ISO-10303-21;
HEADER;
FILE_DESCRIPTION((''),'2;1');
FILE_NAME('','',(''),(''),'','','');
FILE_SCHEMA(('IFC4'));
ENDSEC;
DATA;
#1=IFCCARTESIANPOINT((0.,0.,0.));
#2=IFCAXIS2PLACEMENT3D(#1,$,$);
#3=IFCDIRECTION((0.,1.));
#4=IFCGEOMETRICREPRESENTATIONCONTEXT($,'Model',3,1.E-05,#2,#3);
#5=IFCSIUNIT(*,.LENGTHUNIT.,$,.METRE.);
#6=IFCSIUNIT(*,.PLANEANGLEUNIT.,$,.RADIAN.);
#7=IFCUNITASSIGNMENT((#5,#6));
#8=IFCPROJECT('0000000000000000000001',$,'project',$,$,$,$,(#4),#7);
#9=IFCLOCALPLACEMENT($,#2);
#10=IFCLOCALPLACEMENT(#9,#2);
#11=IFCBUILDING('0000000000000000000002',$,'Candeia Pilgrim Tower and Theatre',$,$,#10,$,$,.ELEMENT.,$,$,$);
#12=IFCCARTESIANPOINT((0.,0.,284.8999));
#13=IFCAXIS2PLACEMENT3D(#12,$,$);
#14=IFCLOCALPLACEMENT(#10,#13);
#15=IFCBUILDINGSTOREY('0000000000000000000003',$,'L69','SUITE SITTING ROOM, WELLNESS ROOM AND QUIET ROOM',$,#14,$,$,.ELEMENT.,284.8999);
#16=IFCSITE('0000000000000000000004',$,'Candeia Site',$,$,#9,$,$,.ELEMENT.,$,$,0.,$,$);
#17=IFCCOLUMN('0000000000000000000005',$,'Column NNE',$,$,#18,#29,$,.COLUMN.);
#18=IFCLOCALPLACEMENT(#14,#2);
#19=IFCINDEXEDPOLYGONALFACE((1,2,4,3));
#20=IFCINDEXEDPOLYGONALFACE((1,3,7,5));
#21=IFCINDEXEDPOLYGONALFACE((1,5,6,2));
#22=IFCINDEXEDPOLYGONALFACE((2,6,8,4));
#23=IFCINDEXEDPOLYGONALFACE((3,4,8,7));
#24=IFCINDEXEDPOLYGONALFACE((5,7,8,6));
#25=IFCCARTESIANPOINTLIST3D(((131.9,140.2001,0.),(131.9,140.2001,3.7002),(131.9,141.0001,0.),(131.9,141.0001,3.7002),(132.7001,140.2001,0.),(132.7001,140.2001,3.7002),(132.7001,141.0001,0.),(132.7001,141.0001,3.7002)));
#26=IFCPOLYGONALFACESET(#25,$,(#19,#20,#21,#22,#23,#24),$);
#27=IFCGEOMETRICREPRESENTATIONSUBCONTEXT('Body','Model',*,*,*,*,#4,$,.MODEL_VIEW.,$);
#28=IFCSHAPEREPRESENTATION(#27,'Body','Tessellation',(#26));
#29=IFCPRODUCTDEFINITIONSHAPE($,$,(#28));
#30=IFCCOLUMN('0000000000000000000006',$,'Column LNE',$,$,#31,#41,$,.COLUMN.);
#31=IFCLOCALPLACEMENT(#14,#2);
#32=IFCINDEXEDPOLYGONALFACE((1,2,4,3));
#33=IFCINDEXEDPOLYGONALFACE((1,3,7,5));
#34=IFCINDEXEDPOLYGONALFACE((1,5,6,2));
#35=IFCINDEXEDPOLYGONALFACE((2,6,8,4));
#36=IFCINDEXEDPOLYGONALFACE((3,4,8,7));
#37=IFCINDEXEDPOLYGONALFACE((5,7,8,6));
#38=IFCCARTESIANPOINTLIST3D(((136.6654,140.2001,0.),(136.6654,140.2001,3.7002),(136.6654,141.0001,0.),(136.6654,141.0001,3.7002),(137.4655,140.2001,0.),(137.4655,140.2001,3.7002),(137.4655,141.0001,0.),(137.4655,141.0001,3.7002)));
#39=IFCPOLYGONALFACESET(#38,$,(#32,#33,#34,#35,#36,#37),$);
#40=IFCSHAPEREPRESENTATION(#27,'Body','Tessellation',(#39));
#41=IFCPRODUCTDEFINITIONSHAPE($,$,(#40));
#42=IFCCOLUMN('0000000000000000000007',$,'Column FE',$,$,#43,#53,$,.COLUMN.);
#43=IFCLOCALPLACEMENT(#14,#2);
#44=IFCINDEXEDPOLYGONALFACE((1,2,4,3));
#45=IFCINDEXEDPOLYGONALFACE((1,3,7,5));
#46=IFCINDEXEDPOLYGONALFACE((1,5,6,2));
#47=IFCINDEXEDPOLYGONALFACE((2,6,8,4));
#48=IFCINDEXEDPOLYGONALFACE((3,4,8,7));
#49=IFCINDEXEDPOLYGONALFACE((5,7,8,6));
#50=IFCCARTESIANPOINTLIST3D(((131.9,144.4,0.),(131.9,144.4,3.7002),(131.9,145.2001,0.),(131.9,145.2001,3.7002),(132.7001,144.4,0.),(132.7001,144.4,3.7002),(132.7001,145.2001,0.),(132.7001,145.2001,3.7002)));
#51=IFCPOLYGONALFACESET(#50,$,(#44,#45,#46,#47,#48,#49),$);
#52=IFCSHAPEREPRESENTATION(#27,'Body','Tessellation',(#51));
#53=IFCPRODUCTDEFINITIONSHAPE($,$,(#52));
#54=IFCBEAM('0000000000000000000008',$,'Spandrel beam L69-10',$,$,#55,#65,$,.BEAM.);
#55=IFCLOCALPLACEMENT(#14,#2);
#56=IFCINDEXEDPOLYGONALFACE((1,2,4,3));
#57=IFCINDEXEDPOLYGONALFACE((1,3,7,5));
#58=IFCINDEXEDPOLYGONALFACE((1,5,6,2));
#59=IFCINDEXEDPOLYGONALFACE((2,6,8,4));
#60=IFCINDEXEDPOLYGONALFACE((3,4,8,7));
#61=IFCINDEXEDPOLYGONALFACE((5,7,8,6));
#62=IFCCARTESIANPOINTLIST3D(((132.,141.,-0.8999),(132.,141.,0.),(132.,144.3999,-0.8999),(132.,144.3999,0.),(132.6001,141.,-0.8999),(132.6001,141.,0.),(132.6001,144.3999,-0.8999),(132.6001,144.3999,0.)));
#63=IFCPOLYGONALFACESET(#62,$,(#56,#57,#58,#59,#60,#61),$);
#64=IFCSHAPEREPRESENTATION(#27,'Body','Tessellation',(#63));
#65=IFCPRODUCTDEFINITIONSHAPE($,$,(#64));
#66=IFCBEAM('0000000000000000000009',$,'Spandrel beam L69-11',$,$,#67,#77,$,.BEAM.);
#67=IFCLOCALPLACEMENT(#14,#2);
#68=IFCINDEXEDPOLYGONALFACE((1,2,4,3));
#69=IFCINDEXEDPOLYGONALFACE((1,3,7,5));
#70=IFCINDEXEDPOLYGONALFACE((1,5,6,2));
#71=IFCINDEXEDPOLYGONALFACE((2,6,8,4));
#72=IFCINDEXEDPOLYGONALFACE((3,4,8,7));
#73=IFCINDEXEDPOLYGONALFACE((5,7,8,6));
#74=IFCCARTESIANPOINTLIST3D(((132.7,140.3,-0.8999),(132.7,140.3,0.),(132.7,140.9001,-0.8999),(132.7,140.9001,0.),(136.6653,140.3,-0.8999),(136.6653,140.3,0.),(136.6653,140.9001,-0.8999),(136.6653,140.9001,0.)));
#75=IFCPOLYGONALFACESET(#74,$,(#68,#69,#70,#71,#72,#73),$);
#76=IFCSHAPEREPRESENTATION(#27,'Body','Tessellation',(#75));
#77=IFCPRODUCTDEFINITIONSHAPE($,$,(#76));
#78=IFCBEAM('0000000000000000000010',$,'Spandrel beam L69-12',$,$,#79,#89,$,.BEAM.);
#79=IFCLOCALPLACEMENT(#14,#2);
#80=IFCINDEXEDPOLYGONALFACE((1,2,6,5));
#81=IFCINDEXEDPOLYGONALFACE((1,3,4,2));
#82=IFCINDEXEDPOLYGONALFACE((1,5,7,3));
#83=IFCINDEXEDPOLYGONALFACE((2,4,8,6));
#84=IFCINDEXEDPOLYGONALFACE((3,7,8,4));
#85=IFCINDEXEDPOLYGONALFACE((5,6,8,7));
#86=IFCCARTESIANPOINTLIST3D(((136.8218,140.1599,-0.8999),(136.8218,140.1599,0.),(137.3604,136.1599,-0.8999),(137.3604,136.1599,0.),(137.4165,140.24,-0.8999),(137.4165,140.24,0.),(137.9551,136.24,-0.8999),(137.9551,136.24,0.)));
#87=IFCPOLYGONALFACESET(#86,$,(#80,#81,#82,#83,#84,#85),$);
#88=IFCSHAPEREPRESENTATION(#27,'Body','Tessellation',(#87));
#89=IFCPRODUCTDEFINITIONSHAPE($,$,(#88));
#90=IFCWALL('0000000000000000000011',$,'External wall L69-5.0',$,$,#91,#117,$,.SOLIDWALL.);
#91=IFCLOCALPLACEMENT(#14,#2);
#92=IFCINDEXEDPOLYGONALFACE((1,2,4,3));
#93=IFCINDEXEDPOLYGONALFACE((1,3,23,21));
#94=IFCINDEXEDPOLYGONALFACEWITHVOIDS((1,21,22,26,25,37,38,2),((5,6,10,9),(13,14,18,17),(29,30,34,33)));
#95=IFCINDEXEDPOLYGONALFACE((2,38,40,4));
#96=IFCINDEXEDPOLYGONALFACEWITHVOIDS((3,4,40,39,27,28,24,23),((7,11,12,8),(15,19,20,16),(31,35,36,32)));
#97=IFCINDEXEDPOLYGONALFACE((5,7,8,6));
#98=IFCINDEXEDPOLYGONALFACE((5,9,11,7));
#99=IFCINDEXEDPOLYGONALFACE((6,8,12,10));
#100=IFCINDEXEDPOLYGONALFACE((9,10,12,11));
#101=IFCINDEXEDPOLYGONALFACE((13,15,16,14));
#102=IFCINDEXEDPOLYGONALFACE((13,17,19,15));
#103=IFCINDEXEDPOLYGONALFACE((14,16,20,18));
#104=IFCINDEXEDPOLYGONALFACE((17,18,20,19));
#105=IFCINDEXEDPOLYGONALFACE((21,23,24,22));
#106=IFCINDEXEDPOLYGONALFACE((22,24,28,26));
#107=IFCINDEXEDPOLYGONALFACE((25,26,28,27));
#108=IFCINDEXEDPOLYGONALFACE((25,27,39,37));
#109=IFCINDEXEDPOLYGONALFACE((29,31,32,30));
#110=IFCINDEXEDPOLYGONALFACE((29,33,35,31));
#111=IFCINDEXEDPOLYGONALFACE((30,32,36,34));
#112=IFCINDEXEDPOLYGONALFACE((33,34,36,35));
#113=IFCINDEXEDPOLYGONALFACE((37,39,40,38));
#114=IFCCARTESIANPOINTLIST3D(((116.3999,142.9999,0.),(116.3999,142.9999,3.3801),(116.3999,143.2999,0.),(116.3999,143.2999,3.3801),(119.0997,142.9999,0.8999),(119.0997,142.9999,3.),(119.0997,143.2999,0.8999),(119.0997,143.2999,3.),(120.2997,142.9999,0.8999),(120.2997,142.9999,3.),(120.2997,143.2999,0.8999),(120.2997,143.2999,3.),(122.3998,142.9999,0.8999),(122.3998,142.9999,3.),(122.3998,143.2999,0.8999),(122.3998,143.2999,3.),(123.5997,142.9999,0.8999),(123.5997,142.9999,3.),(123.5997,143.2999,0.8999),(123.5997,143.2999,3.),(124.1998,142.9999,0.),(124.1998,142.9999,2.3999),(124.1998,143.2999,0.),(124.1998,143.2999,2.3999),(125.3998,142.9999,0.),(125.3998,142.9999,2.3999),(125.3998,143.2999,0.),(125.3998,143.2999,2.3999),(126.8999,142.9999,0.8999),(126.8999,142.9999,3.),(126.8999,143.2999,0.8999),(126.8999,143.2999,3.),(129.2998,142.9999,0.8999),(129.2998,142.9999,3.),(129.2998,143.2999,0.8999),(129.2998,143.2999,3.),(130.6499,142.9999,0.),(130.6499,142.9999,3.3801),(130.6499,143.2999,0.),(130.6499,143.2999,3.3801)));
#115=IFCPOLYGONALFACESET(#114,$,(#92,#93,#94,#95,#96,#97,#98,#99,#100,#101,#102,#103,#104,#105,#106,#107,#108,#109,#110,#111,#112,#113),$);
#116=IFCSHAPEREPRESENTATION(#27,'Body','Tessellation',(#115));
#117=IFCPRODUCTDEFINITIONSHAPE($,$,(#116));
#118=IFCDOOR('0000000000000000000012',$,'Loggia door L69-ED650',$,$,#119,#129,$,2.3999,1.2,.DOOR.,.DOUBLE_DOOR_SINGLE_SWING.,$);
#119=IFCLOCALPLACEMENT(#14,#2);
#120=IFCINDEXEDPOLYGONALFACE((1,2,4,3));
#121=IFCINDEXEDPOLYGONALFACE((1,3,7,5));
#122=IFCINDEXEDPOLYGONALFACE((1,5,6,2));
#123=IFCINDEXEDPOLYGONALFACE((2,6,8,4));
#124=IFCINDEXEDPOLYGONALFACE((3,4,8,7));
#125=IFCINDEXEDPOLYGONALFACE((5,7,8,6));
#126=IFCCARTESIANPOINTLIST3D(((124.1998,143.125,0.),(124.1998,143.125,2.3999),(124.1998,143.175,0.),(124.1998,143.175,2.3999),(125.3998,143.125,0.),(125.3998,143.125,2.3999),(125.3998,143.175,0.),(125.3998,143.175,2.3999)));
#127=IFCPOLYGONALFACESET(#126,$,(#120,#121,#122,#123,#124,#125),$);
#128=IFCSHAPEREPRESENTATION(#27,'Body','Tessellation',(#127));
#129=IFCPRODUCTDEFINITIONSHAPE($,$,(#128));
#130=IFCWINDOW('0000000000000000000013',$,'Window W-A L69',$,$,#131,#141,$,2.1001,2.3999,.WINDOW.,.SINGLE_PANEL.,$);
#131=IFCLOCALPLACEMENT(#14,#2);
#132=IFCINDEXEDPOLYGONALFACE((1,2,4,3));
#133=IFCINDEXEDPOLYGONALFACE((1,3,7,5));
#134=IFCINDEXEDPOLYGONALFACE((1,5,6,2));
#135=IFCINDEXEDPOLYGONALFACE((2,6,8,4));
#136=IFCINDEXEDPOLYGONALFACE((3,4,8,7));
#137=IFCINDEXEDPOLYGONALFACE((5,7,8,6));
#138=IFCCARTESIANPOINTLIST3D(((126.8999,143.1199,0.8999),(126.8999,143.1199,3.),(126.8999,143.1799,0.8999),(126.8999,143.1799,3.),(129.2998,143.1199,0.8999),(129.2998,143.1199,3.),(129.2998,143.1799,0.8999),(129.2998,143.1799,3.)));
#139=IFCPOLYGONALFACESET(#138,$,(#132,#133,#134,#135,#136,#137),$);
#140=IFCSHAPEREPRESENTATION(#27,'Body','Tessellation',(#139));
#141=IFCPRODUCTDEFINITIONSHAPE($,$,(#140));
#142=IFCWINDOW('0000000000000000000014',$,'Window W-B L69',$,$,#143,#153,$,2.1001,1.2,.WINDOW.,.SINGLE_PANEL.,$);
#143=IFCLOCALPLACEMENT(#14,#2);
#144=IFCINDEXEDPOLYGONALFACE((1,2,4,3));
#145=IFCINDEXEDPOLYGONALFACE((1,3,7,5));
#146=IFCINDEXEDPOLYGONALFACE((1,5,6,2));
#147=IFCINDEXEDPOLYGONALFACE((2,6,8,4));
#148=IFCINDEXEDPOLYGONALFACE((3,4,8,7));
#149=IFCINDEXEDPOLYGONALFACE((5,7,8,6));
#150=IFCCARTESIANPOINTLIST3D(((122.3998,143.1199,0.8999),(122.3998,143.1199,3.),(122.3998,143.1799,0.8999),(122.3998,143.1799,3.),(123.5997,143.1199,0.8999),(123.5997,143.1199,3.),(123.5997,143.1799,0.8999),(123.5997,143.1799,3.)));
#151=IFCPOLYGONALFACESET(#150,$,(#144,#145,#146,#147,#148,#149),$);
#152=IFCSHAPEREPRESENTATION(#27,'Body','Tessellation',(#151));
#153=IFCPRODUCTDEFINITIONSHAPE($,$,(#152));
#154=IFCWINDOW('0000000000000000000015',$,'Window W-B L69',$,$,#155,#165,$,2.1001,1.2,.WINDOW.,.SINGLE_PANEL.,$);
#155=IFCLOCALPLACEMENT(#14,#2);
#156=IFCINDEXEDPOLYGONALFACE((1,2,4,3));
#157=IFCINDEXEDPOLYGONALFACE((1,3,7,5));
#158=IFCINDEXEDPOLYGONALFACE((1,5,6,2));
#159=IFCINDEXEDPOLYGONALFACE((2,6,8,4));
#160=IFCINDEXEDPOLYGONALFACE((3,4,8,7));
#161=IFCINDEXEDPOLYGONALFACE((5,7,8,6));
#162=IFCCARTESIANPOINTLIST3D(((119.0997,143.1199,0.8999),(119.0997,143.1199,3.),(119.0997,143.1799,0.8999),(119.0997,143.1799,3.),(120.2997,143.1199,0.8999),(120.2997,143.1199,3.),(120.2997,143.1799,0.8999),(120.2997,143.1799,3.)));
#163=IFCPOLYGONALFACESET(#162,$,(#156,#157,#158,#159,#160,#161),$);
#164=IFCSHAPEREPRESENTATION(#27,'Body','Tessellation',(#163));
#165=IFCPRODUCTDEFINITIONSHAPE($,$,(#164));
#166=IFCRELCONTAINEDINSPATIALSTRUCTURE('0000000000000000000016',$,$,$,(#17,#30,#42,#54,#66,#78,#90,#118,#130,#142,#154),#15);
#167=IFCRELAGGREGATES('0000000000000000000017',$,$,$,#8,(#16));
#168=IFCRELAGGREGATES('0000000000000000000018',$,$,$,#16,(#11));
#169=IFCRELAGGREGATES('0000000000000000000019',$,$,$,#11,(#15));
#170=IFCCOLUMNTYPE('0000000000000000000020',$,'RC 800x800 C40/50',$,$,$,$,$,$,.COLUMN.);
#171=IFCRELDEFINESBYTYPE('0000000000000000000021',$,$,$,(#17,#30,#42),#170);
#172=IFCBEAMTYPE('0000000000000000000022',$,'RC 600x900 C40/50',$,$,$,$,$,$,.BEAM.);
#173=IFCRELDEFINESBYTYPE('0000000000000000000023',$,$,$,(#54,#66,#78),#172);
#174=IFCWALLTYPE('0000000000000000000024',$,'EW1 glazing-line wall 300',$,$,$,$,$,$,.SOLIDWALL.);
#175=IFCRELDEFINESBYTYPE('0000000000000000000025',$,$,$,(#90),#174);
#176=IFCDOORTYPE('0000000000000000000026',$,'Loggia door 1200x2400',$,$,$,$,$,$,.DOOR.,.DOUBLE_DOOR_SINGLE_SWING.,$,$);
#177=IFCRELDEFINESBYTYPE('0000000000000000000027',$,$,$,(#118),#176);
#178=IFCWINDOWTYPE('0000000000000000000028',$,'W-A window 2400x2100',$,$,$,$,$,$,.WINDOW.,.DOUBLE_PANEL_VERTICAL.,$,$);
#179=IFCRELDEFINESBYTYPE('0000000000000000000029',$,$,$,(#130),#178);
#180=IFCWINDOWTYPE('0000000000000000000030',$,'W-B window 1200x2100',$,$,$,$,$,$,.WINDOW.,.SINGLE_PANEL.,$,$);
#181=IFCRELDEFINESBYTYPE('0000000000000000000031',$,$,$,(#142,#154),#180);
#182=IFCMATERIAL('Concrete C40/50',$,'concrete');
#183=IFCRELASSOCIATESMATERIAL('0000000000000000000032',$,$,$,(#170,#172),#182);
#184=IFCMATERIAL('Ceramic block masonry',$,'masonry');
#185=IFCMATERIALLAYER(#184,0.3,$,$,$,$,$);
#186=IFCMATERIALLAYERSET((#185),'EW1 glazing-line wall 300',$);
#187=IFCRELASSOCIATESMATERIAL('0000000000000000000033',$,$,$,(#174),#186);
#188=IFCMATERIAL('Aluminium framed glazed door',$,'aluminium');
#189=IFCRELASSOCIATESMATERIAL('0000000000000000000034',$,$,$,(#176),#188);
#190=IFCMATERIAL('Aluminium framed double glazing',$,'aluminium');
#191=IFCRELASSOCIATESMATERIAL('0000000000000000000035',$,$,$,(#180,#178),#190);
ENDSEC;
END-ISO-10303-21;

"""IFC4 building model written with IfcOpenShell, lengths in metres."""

from ifc_helpers import new_model, si_unit, direction, frame, frame_2d, origin, origin_2d, place, context, subcontext, project, spatial, rectangle, extrude, material, layer, layer_set, material_profile, profile_set, type_object, element, fill, save


model = new_model("IFC4")

# Units and contexts
model_context = context("Model", 3, precision=1e-05, world=origin(), true_north=direction((0.0, 1.0)))
body_context = subcontext(model_context, "Body", "Model", "MODEL_VIEW")
ifc_project = project(units=[si_unit("LENGTHUNIT", "METRE"), si_unit("PLANEANGLEUNIT", "RADIAN")], contexts=[model_context])

# Site, building, storey
site_placement = place(None, origin())
site = spatial("IfcSite", under=ifc_project, at=site_placement, Name="Candeia Site", CompositionType="ELEMENT", RefElevation=0.0)
building_placement = place(site_placement, origin())
building = spatial("IfcBuilding", under=site, at=building_placement, Name="Candeia Pilgrim Tower and Theatre", CompositionType="ELEMENT")
storey_placement = place(building_placement, frame((0.0, 0.0, 284.8999)))
storey = spatial("IfcBuildingStorey", under=building, at=storey_placement, Name="L69", Description="SUITE SITTING ROOM, WELLNESS ROOM AND QUIET ROOM", CompositionType="ELEMENT", Elevation=284.8999)

# Columns
ifc_material_1 = material(Name="Concrete C40/50", Category="concrete")
ifc_material_profile_1 = material_profile(ifc_material_1, rectangle(XDim=0.8, YDim=0.8, at=origin_2d()))
ifc_profile_set_1 = profile_set([ifc_material_profile_1], Name="Concrete C40/50")
column_type = type_object("IfcColumnType", Name="RC 800x800 C40/50", PredefinedType="COLUMN", material=ifc_profile_set_1)
for number, where, z_axis, x_axis, name in (
    (1, (132.3, 140.6001, 0.0), (0.0, 0.0, 1.0), (1.0, 0.0, 0.0), "Column NNE"),
    (2, (137.0654, 140.6001, 0.0), (0.0, 0.0, 1.0), (1.0, 0.0, 0.0), "Column LNE"),
    (3, (132.3, 144.8, 0.0), (0.0, 0.0, 1.0), (1.0, 0.0, 0.0), "Column FE"),
):
    element("IfcColumn", number, at=place(storey_placement, frame(where, z_axis=z_axis, x_axis=x_axis)), inside=storey, type_object=column_type, Name=name, PredefinedType="COLUMN", context=body_context, shape_type="SweptSolid", body=[
        extrude(rectangle(XDim=0.8, YDim=0.8, at=origin_2d()), origin(), (0.0, 0.0, 1.0), 3.7002),
    ])

# Beams
ifc_material_profile_2 = material_profile(ifc_material_1, rectangle(XDim=0.6001, YDim=0.8999, at=origin_2d()))
ifc_profile_set_2 = profile_set([ifc_material_profile_2], Name="Concrete C40/50")
beam_type = type_object("IfcBeamType", Name="RC 600x900 C40/50", PredefinedType="BEAM", material=ifc_profile_set_2)
beam_1_placement = place(storey_placement, frame((132.3, 144.3999, -0.45), z_axis=(0.0, -1.0, 0.0), x_axis=(1.0, 0.0, 0.0)))
element("IfcBeam", 4, at=beam_1_placement, inside=storey, type_object=beam_type, Name="Spandrel beam L69-10", PredefinedType="BEAM", context=body_context, shape_type="SweptSolid", body=[
    extrude(rectangle(XDim=0.6001, YDim=0.8999, at=origin_2d()), origin(), (0.0, 0.0, 1.0), 3.3999),
])
beam_2_placement = place(storey_placement, frame((132.7, 140.6001, -0.45), z_axis=(1.0, 0.0, 0.0), x_axis=(0.0, 1.0, 0.0)))
element("IfcBeam", 5, at=beam_2_placement, inside=storey, type_object=beam_type, Name="Spandrel beam L69-11", PredefinedType="BEAM", context=body_context, shape_type="SweptSolid", body=[
    extrude(rectangle(XDim=0.6001, YDim=0.8999, at=origin_2d()), origin(), (0.0, 0.0, 1.0), 3.9653),
])
beam_3_placement = place(storey_placement, frame((137.1191, 140.2, -0.45), z_axis=(0.133439, -0.991057, 0.0), x_axis=(0.991057, 0.133439, 0.0)))
element("IfcBeam", 6, at=beam_3_placement, inside=storey, type_object=beam_type, Name="Spandrel beam L69-12", PredefinedType="BEAM", context=body_context, shape_type="SweptSolid", body=[
    extrude(rectangle(XDim=0.6001, YDim=0.8999, at=origin_2d()), origin(), (0.0, 0.0, 1.0), 4.0361),
])

# Shared definitions
ifc_material_2 = material(Name="Ceramic block masonry", Category="masonry")
ifc_layer_1 = layer(ifc_material_2, 0.3)
ifc_layer_set_1 = layer_set([ifc_layer_1], Name="EW1 glazing-line wall 300")
wall_type_1 = type_object("IfcWallType", Name="EW1 glazing-line wall 300", PredefinedType="SOLIDWALL", material=ifc_layer_set_1)
ifc_material_3 = material(Name="Aluminium framed glazed door", Category="aluminium")
door_type = type_object("IfcDoorType", Name="Loggia door 1200x2400", OperationType="DOUBLE_DOOR_SINGLE_SWING", PredefinedType="DOOR", material=ifc_material_3)
ifc_material_4 = material(Name="Aluminium framed double glazing", Category="aluminium")
window_type_1 = type_object("IfcWindowType", Name="W-B window 1200x2100", PartitioningType="SINGLE_PANEL", PredefinedType="WINDOW", material=ifc_material_4)

# Wall, openings, door, windows
wall_1_placement = place(storey_placement, frame((130.6499, 143.1499, 0.0), z_axis=(0.0, 0.0, 1.0), x_axis=(-1.0, 0.0, 0.0)))
wall_1 = element("IfcWall", 7, at=wall_1_placement, inside=storey, type_object=wall_type_1, Name="External wall L69-5.0", PredefinedType="SOLIDWALL", context=body_context, shape_type="SweptSolid", body=[
    extrude(rectangle(XDim=14.25, YDim=0.3, at=frame_2d((7.125, 0.0))), origin(), (0.0, 0.0, 1.0), 3.3801),
])
opening_1_placement = place(wall_1_placement, frame((1.3501, 0.0, 0.8999)))
opening_1 = element("IfcOpeningElement", 8, at=opening_1_placement, cuts=wall_1, PredefinedType="OPENING", context=body_context, shape_type="SweptSolid", body=[
    extrude(rectangle(XDim=2.3999, YDim=2.1001, at=frame_2d((1.2, 1.05))), frame((0.0, 0.1602, 0.0), z_axis=(0.0, -1.0, 0.0), x_axis=(1.0, 0.0, 0.0)), (0.0, 0.0, 1.0), 0.3201),
])
opening_2_placement = place(wall_1_placement, frame((5.25, 0.0, 0.0)))
opening_2 = element("IfcOpeningElement", 9, at=opening_2_placement, cuts=wall_1, PredefinedType="OPENING", context=body_context, shape_type="SweptSolid", body=[
    extrude(rectangle(XDim=1.2, YDim=2.3999, at=frame_2d((0.6001, 1.2))), frame((0.0, 0.1602, 0.0), z_axis=(0.0, -1.0, 0.0), x_axis=(1.0, 0.0, 0.0)), (0.0, 0.0, 1.0), 0.3201),
])
opening_3_placement = place(wall_1_placement, frame((7.05, 0.0, 0.8999)))
opening_3 = element("IfcOpeningElement", 10, at=opening_3_placement, cuts=wall_1, PredefinedType="OPENING", context=body_context, shape_type="SweptSolid", body=[
    extrude(rectangle(XDim=1.2, YDim=2.1001, at=frame_2d((0.6001, 1.05))), frame((0.0, 0.1602, 0.0), z_axis=(0.0, -1.0, 0.0), x_axis=(1.0, 0.0, 0.0)), (0.0, 0.0, 1.0), 0.3201),
])
opening_4_placement = place(wall_1_placement, frame((10.3501, 0.0, 0.8999)))
opening_4 = element("IfcOpeningElement", 11, at=opening_4_placement, cuts=wall_1, PredefinedType="OPENING", context=body_context, shape_type="SweptSolid", body=[
    extrude(rectangle(XDim=1.2, YDim=2.1001, at=frame_2d((0.6001, 1.05))), frame((0.0, 0.1602, 0.0), z_axis=(0.0, -1.0, 0.0), x_axis=(1.0, 0.0, 0.0)), (0.0, 0.0, 1.0), 0.3201),
])
door_1_placement = place(opening_2_placement, origin())
door_1 = element("IfcDoor", 12, at=door_1_placement, inside=storey, type_object=door_type, Name="Loggia door L69-ED650", OperationType="DOUBLE_DOOR_SINGLE_SWING", OverallHeight=2.3999, OverallWidth=1.2, PredefinedType="DOOR", context=body_context, shape_type="SweptSolid", body=[
    extrude(rectangle(XDim=1.2, YDim=2.3999, at=frame_2d((0.6001, 1.2))), frame((0.0, 0.0249, 0.0), z_axis=(0.0, -1.0, 0.0), x_axis=(1.0, 0.0, 0.0)), (0.0, 0.0, 1.0), 0.05),
])
fill(opening_2, door_1)
window_type_2 = type_object("IfcWindowType", Name="W-A window 2400x2100", PartitioningType="DOUBLE_PANEL_VERTICAL", PredefinedType="WINDOW", material=ifc_material_4)
window_1_placement = place(opening_1_placement, origin())
window_1 = element("IfcWindow", 13, at=window_1_placement, inside=storey, type_object=window_type_2, Name="Window W-A L69", OverallHeight=2.1001, OverallWidth=2.3999, PartitioningType="SINGLE_PANEL", PredefinedType="WINDOW", context=body_context, shape_type="SweptSolid", body=[
    extrude(rectangle(XDim=2.3999, YDim=2.1001, at=frame_2d((1.2, 1.05))), frame((0.0, 0.03, 0.0), z_axis=(0.0, -1.0, 0.0), x_axis=(1.0, 0.0, 0.0)), (0.0, 0.0, 1.0), 0.0601),
])
fill(opening_1, window_1)
window_2_placement = place(opening_3_placement, origin())
window_2 = element("IfcWindow", 14, at=window_2_placement, inside=storey, type_object=window_type_1, Name="Window W-B L69", OverallHeight=2.1001, OverallWidth=1.2, PartitioningType="SINGLE_PANEL", PredefinedType="WINDOW", context=body_context, shape_type="SweptSolid", body=[
    extrude(rectangle(XDim=1.2, YDim=2.1001, at=frame_2d((0.6001, 1.05))), frame((0.0, 0.03, 0.0), z_axis=(0.0, -1.0, 0.0), x_axis=(1.0, 0.0, 0.0)), (0.0, 0.0, 1.0), 0.0601),
])
fill(opening_3, window_2)
window_3_placement = place(opening_4_placement, origin())
window_3 = element("IfcWindow", 15, at=window_3_placement, inside=storey, type_object=window_type_1, Name="Window W-B L69", OverallHeight=2.1001, OverallWidth=1.2, PartitioningType="SINGLE_PANEL", PredefinedType="WINDOW", context=body_context, shape_type="SweptSolid", body=[
    extrude(rectangle(XDim=1.2, YDim=2.1001, at=frame_2d((0.6001, 1.05))), frame((0.0, 0.03, 0.0), z_axis=(0.0, -1.0, 0.0), x_axis=(1.0, 0.0, 0.0)), (0.0, 0.0, 1.0), 0.0601),
])
fill(opening_4, window_3)

save(model, "model.ifc")
